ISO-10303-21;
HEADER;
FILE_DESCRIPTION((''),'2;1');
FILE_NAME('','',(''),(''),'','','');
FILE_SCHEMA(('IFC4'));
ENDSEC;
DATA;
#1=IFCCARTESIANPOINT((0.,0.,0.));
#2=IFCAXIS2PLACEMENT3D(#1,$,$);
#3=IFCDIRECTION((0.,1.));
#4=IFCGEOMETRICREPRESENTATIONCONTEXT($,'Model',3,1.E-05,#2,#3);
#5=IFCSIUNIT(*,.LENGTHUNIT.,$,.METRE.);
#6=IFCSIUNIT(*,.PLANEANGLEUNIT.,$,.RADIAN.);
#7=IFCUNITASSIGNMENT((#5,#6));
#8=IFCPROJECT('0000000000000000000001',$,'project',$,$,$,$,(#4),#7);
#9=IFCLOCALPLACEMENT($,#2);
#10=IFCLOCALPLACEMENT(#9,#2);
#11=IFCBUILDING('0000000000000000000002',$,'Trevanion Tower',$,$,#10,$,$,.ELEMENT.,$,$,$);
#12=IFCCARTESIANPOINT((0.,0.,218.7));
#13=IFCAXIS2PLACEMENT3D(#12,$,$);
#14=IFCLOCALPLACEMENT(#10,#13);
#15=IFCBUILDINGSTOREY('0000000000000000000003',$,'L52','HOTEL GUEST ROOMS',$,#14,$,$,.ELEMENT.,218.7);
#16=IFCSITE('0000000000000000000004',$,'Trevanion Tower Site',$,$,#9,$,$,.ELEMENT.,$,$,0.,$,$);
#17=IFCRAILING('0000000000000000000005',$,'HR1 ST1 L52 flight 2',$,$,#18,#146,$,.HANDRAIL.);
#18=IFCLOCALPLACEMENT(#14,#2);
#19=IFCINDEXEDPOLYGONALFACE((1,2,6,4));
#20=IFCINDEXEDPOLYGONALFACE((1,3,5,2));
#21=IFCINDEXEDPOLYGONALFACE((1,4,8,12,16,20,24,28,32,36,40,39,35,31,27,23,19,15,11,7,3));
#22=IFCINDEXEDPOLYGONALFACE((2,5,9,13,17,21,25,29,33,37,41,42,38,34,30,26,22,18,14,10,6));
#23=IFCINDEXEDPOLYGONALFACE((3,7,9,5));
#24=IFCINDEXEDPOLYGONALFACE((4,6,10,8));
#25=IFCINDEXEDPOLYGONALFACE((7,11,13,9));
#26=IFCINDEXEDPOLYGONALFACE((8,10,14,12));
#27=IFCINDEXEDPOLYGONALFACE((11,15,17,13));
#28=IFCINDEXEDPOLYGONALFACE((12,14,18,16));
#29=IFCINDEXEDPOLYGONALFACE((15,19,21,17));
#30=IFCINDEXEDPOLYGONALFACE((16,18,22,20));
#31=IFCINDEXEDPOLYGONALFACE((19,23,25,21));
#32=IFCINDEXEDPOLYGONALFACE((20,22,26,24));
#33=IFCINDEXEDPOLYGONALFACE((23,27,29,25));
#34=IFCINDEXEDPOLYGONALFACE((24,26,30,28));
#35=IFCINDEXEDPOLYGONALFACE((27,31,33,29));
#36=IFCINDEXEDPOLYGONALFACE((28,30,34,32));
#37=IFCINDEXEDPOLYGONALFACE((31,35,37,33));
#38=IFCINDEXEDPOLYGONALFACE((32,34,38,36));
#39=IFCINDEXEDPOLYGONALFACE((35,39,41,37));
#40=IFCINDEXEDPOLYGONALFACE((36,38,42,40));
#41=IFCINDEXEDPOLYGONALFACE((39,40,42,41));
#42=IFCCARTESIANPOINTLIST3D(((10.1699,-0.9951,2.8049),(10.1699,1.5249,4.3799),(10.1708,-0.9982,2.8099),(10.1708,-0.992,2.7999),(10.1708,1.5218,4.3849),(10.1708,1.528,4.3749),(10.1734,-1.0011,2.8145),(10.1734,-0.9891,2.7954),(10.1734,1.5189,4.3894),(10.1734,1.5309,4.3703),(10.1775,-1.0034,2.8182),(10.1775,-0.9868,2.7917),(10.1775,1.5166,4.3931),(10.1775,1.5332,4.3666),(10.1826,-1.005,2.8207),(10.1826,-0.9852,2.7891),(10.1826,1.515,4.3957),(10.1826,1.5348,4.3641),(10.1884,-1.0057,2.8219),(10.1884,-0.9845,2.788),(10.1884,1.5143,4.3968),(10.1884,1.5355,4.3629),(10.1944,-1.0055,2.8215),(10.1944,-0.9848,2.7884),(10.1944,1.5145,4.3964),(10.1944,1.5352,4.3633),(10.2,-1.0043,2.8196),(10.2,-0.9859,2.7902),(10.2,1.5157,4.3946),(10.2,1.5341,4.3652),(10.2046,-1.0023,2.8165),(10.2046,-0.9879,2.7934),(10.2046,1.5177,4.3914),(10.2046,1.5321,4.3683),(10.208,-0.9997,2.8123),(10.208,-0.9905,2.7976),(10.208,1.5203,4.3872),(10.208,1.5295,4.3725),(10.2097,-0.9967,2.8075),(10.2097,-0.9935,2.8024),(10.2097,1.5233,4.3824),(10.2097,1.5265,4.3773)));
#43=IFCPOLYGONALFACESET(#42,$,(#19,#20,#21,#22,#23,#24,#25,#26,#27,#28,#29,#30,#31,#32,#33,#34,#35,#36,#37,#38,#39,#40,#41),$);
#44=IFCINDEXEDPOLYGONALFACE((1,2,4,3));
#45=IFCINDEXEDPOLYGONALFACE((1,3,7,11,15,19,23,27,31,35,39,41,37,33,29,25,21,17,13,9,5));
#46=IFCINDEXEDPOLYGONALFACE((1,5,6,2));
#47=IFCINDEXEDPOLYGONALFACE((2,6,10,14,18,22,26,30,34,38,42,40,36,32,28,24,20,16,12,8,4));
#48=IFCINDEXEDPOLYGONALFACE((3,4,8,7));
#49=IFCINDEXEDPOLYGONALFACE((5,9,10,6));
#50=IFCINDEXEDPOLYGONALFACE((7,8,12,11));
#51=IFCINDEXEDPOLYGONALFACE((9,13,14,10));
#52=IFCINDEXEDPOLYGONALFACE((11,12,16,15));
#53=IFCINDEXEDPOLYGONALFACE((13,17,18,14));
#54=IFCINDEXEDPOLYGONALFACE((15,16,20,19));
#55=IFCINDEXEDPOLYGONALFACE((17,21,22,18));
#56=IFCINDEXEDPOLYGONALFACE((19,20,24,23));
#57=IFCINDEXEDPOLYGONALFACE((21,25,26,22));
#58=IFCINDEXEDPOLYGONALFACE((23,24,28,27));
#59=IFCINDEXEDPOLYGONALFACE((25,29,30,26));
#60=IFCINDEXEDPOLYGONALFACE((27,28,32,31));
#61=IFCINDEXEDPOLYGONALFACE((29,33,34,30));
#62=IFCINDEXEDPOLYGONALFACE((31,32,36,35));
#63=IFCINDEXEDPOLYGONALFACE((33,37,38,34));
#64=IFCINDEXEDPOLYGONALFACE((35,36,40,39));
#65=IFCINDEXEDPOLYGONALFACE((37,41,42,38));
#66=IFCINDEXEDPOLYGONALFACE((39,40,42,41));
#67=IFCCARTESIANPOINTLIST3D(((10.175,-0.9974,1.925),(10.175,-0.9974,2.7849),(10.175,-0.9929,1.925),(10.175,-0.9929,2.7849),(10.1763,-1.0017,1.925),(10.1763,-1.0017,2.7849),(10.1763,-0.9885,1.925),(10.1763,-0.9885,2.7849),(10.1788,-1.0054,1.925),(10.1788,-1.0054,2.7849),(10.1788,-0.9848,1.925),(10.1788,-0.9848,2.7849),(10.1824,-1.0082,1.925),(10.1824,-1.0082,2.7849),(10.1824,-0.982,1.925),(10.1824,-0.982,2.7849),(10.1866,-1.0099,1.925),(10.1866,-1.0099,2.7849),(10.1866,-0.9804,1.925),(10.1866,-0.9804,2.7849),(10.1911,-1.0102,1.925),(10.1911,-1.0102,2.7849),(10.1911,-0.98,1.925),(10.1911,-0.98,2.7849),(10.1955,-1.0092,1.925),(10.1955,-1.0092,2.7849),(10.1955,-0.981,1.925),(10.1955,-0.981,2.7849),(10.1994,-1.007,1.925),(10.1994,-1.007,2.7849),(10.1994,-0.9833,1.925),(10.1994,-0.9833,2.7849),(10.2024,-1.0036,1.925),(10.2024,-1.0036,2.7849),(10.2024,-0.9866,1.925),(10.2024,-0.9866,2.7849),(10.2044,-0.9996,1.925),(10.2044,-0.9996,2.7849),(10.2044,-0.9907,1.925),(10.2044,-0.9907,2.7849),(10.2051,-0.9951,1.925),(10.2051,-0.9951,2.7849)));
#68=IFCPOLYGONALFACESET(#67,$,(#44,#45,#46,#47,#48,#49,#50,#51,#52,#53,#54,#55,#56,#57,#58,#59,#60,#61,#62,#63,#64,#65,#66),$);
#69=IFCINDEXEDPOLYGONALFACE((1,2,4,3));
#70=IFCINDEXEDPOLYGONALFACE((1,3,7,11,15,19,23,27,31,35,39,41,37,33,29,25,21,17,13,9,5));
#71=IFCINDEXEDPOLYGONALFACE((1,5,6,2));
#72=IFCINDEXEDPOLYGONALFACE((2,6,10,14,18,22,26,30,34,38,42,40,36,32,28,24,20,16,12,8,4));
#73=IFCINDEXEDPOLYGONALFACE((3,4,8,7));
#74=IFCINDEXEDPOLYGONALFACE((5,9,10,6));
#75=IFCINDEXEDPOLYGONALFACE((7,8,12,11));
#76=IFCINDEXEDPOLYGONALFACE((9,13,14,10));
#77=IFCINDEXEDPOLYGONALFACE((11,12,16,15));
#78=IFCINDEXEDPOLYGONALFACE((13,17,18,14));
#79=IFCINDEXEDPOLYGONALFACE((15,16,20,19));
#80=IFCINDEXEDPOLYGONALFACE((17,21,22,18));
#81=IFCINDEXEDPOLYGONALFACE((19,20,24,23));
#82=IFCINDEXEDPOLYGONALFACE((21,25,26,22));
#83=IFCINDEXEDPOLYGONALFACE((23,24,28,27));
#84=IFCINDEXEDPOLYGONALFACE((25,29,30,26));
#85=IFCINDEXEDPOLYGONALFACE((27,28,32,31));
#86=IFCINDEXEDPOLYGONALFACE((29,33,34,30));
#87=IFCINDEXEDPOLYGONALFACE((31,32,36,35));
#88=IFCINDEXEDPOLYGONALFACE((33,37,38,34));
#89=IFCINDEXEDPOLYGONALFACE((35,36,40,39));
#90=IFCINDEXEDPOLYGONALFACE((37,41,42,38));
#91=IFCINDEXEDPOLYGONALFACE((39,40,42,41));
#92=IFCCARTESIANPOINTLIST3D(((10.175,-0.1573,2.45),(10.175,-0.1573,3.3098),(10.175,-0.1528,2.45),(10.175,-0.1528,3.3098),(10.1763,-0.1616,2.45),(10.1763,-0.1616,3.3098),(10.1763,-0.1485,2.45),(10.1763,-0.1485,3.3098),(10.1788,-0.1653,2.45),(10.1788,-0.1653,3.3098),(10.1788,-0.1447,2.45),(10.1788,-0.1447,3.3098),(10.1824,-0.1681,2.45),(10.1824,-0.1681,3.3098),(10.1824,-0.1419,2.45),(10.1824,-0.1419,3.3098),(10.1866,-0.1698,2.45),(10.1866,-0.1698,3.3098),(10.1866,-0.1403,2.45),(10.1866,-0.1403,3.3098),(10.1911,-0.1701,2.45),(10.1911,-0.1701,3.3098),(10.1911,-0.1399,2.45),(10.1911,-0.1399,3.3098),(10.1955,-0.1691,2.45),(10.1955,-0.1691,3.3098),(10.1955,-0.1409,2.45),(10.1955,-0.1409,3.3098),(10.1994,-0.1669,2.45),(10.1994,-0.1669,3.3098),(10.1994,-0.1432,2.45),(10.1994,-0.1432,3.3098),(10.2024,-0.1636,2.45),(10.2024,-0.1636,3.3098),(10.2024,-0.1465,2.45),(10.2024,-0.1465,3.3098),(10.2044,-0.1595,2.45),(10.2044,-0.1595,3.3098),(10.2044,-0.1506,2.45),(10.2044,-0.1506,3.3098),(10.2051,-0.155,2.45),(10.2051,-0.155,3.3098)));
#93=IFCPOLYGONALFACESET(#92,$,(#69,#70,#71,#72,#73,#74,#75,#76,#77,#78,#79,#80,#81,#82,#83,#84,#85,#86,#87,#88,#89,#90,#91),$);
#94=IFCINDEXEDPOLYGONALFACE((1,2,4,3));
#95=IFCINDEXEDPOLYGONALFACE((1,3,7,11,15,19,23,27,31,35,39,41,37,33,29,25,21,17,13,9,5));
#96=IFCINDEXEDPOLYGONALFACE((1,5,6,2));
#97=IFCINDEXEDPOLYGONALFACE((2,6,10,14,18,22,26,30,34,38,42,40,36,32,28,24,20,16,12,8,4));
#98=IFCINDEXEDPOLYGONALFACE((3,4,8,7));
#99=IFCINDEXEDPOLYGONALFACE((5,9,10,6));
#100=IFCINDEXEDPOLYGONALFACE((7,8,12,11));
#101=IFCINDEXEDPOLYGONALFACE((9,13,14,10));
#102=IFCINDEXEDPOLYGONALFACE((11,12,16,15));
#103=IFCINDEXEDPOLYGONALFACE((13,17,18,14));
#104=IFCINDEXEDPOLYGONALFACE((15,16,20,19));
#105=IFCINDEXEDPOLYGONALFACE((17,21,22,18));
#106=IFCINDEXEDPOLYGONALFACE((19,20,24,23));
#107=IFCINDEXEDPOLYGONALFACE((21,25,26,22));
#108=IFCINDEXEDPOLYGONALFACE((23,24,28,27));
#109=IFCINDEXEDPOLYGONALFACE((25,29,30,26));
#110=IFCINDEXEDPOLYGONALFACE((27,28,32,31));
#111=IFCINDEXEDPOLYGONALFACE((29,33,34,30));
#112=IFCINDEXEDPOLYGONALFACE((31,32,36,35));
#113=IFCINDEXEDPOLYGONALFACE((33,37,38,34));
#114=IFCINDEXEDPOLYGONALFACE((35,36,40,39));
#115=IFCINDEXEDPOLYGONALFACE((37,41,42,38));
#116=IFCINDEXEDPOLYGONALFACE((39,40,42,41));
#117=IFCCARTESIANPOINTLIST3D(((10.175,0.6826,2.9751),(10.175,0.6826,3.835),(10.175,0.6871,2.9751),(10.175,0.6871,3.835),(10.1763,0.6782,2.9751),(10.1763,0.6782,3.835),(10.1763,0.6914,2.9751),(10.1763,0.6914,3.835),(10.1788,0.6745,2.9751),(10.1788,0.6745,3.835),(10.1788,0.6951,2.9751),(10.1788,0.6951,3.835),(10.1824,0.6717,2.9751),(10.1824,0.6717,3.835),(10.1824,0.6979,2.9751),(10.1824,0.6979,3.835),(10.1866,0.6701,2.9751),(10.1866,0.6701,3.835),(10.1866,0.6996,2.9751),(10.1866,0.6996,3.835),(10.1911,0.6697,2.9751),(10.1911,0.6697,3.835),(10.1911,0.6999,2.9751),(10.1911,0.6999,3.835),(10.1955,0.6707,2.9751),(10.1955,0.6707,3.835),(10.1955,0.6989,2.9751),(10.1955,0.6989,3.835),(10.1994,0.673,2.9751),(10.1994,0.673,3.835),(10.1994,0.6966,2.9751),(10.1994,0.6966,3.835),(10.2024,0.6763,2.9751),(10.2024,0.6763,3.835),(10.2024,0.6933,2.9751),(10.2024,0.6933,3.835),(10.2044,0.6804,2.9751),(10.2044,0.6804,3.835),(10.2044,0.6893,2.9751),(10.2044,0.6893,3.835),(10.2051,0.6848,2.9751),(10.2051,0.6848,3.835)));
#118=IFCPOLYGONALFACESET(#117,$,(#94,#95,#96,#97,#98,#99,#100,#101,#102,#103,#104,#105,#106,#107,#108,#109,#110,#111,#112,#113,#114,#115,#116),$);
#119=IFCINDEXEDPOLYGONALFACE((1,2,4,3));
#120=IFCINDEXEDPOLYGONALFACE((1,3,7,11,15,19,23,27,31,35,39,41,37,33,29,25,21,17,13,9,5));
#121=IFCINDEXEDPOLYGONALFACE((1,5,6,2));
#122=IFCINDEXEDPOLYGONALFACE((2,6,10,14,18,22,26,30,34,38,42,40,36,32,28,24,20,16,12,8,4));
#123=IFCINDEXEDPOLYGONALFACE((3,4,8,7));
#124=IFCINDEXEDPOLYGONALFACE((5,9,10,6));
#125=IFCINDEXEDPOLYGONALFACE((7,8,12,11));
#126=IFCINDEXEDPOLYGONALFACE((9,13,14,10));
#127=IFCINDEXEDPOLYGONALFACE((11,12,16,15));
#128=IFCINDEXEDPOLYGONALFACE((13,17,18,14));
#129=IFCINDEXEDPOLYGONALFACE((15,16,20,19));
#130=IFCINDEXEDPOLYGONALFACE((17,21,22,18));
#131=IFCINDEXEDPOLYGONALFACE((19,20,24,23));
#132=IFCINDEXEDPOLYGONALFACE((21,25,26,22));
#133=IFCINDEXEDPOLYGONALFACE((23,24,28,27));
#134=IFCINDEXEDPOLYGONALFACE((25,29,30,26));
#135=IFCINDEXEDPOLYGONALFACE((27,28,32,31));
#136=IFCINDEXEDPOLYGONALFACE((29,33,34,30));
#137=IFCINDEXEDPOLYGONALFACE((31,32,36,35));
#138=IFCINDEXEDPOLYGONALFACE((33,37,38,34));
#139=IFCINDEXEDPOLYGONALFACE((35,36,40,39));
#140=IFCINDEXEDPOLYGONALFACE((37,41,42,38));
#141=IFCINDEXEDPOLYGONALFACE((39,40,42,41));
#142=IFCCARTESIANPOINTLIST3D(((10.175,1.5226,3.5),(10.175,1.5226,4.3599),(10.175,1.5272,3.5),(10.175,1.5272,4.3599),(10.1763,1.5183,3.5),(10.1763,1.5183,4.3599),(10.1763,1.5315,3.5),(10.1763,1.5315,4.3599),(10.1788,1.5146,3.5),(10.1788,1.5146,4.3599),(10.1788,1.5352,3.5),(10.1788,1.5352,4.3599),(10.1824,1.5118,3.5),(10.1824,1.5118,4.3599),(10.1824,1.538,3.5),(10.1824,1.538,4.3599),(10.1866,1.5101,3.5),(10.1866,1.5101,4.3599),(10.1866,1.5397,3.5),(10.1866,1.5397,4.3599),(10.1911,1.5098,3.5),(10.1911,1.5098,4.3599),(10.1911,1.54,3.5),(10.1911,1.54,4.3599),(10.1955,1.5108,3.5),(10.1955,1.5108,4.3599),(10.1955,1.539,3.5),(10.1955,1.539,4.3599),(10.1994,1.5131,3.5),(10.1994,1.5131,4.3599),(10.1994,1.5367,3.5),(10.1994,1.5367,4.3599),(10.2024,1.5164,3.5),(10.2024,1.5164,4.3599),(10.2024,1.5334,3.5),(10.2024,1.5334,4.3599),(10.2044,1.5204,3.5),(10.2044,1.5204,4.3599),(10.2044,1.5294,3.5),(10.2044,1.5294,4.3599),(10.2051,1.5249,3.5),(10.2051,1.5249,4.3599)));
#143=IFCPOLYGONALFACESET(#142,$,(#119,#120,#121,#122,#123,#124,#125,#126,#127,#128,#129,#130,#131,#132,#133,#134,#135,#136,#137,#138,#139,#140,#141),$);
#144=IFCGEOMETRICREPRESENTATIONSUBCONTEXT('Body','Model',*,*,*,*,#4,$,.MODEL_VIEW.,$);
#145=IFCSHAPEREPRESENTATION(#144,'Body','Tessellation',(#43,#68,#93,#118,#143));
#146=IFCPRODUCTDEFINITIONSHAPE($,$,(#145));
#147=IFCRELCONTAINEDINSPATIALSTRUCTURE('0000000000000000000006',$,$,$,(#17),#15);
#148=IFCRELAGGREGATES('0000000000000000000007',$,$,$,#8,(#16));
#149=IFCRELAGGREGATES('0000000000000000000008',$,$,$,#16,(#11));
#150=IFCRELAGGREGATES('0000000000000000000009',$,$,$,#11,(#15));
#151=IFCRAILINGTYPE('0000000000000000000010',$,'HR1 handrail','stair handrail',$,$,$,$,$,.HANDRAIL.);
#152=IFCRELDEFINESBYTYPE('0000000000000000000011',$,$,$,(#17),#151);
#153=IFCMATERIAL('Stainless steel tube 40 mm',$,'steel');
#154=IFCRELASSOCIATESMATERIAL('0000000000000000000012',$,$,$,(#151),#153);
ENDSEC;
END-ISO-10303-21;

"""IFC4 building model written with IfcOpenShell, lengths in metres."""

from ifc_helpers import new_model, si_unit, direction, frame, origin, origin_2d, place, context, subcontext, project, spatial, circle, extrude, material, type_object, element, save


model = new_model("IFC4")

# Units and contexts
model_context = context("Model", 3, precision=1e-05, world=origin(), true_north=direction((0.0, 1.0)))
body_context = subcontext(model_context, "Body", "Model", "MODEL_VIEW")
ifc_project = project(units=[si_unit("LENGTHUNIT", "METRE"), si_unit("PLANEANGLEUNIT", "RADIAN")], contexts=[model_context])

# Site, building, storey
site_placement = place(None, origin())
site = spatial("IfcSite", under=ifc_project, at=site_placement, Name="Trevanion Tower Site", CompositionType="ELEMENT", RefElevation=0.0)
building_placement = place(site_placement, origin())
building = spatial("IfcBuilding", under=site, at=building_placement, Name="Trevanion Tower", CompositionType="ELEMENT")
storey_placement = place(building_placement, frame((0.0, 0.0, 218.7)))
storey = spatial("IfcBuildingStorey", under=building, at=storey_placement, Name="L52", Description="HOTEL GUEST ROOMS", CompositionType="ELEMENT", Elevation=218.7)

# Railing
ifc_material_1 = material(Name="Stainless steel tube 40 mm", Category="steel")
railing_type = type_object("IfcRailingType", Name="HR1 handrail", Description="stair handrail", PredefinedType="HANDRAIL", material=ifc_material_1)
for number, where, name in (
    (1, (10.1899, -0.9951, 1.925), "HR1 ST1 L52 flight 2"),
):
    element("IfcRailing", number, at=place(storey_placement, frame(where)), inside=storey, type_object=railing_type, Name=name, PredefinedType="HANDRAIL", context=body_context, shape_type="SweptSolid", body=[
        extrude(circle(Radius=0.02, at=origin_2d()), frame((0.0, 0.0, 0.8799), z_axis=(0.0, 0.848008, 0.529984), x_axis=(-1.0, 0.0, 0.0)), (0.0, 0.0, 1.0), 2.9717),
        extrude(circle(Radius=0.0151, at=origin_2d()), origin(), (0.0, 0.0, 1.0), 0.8599),
        extrude(circle(Radius=0.0151, at=origin_2d()), frame((0.0, 0.8401, 0.5249)), (0.0, 0.0, 1.0), 0.8599),
        extrude(circle(Radius=0.0151, at=origin_2d()), frame((0.0, 1.6799, 1.05)), (0.0, 0.0, 1.0), 0.8599),
        extrude(circle(Radius=0.0151, at=origin_2d()), frame((0.0, 2.52, 1.575)), (0.0, 0.0, 1.0), 0.8599),
    ])

save(model, "model.ifc")
